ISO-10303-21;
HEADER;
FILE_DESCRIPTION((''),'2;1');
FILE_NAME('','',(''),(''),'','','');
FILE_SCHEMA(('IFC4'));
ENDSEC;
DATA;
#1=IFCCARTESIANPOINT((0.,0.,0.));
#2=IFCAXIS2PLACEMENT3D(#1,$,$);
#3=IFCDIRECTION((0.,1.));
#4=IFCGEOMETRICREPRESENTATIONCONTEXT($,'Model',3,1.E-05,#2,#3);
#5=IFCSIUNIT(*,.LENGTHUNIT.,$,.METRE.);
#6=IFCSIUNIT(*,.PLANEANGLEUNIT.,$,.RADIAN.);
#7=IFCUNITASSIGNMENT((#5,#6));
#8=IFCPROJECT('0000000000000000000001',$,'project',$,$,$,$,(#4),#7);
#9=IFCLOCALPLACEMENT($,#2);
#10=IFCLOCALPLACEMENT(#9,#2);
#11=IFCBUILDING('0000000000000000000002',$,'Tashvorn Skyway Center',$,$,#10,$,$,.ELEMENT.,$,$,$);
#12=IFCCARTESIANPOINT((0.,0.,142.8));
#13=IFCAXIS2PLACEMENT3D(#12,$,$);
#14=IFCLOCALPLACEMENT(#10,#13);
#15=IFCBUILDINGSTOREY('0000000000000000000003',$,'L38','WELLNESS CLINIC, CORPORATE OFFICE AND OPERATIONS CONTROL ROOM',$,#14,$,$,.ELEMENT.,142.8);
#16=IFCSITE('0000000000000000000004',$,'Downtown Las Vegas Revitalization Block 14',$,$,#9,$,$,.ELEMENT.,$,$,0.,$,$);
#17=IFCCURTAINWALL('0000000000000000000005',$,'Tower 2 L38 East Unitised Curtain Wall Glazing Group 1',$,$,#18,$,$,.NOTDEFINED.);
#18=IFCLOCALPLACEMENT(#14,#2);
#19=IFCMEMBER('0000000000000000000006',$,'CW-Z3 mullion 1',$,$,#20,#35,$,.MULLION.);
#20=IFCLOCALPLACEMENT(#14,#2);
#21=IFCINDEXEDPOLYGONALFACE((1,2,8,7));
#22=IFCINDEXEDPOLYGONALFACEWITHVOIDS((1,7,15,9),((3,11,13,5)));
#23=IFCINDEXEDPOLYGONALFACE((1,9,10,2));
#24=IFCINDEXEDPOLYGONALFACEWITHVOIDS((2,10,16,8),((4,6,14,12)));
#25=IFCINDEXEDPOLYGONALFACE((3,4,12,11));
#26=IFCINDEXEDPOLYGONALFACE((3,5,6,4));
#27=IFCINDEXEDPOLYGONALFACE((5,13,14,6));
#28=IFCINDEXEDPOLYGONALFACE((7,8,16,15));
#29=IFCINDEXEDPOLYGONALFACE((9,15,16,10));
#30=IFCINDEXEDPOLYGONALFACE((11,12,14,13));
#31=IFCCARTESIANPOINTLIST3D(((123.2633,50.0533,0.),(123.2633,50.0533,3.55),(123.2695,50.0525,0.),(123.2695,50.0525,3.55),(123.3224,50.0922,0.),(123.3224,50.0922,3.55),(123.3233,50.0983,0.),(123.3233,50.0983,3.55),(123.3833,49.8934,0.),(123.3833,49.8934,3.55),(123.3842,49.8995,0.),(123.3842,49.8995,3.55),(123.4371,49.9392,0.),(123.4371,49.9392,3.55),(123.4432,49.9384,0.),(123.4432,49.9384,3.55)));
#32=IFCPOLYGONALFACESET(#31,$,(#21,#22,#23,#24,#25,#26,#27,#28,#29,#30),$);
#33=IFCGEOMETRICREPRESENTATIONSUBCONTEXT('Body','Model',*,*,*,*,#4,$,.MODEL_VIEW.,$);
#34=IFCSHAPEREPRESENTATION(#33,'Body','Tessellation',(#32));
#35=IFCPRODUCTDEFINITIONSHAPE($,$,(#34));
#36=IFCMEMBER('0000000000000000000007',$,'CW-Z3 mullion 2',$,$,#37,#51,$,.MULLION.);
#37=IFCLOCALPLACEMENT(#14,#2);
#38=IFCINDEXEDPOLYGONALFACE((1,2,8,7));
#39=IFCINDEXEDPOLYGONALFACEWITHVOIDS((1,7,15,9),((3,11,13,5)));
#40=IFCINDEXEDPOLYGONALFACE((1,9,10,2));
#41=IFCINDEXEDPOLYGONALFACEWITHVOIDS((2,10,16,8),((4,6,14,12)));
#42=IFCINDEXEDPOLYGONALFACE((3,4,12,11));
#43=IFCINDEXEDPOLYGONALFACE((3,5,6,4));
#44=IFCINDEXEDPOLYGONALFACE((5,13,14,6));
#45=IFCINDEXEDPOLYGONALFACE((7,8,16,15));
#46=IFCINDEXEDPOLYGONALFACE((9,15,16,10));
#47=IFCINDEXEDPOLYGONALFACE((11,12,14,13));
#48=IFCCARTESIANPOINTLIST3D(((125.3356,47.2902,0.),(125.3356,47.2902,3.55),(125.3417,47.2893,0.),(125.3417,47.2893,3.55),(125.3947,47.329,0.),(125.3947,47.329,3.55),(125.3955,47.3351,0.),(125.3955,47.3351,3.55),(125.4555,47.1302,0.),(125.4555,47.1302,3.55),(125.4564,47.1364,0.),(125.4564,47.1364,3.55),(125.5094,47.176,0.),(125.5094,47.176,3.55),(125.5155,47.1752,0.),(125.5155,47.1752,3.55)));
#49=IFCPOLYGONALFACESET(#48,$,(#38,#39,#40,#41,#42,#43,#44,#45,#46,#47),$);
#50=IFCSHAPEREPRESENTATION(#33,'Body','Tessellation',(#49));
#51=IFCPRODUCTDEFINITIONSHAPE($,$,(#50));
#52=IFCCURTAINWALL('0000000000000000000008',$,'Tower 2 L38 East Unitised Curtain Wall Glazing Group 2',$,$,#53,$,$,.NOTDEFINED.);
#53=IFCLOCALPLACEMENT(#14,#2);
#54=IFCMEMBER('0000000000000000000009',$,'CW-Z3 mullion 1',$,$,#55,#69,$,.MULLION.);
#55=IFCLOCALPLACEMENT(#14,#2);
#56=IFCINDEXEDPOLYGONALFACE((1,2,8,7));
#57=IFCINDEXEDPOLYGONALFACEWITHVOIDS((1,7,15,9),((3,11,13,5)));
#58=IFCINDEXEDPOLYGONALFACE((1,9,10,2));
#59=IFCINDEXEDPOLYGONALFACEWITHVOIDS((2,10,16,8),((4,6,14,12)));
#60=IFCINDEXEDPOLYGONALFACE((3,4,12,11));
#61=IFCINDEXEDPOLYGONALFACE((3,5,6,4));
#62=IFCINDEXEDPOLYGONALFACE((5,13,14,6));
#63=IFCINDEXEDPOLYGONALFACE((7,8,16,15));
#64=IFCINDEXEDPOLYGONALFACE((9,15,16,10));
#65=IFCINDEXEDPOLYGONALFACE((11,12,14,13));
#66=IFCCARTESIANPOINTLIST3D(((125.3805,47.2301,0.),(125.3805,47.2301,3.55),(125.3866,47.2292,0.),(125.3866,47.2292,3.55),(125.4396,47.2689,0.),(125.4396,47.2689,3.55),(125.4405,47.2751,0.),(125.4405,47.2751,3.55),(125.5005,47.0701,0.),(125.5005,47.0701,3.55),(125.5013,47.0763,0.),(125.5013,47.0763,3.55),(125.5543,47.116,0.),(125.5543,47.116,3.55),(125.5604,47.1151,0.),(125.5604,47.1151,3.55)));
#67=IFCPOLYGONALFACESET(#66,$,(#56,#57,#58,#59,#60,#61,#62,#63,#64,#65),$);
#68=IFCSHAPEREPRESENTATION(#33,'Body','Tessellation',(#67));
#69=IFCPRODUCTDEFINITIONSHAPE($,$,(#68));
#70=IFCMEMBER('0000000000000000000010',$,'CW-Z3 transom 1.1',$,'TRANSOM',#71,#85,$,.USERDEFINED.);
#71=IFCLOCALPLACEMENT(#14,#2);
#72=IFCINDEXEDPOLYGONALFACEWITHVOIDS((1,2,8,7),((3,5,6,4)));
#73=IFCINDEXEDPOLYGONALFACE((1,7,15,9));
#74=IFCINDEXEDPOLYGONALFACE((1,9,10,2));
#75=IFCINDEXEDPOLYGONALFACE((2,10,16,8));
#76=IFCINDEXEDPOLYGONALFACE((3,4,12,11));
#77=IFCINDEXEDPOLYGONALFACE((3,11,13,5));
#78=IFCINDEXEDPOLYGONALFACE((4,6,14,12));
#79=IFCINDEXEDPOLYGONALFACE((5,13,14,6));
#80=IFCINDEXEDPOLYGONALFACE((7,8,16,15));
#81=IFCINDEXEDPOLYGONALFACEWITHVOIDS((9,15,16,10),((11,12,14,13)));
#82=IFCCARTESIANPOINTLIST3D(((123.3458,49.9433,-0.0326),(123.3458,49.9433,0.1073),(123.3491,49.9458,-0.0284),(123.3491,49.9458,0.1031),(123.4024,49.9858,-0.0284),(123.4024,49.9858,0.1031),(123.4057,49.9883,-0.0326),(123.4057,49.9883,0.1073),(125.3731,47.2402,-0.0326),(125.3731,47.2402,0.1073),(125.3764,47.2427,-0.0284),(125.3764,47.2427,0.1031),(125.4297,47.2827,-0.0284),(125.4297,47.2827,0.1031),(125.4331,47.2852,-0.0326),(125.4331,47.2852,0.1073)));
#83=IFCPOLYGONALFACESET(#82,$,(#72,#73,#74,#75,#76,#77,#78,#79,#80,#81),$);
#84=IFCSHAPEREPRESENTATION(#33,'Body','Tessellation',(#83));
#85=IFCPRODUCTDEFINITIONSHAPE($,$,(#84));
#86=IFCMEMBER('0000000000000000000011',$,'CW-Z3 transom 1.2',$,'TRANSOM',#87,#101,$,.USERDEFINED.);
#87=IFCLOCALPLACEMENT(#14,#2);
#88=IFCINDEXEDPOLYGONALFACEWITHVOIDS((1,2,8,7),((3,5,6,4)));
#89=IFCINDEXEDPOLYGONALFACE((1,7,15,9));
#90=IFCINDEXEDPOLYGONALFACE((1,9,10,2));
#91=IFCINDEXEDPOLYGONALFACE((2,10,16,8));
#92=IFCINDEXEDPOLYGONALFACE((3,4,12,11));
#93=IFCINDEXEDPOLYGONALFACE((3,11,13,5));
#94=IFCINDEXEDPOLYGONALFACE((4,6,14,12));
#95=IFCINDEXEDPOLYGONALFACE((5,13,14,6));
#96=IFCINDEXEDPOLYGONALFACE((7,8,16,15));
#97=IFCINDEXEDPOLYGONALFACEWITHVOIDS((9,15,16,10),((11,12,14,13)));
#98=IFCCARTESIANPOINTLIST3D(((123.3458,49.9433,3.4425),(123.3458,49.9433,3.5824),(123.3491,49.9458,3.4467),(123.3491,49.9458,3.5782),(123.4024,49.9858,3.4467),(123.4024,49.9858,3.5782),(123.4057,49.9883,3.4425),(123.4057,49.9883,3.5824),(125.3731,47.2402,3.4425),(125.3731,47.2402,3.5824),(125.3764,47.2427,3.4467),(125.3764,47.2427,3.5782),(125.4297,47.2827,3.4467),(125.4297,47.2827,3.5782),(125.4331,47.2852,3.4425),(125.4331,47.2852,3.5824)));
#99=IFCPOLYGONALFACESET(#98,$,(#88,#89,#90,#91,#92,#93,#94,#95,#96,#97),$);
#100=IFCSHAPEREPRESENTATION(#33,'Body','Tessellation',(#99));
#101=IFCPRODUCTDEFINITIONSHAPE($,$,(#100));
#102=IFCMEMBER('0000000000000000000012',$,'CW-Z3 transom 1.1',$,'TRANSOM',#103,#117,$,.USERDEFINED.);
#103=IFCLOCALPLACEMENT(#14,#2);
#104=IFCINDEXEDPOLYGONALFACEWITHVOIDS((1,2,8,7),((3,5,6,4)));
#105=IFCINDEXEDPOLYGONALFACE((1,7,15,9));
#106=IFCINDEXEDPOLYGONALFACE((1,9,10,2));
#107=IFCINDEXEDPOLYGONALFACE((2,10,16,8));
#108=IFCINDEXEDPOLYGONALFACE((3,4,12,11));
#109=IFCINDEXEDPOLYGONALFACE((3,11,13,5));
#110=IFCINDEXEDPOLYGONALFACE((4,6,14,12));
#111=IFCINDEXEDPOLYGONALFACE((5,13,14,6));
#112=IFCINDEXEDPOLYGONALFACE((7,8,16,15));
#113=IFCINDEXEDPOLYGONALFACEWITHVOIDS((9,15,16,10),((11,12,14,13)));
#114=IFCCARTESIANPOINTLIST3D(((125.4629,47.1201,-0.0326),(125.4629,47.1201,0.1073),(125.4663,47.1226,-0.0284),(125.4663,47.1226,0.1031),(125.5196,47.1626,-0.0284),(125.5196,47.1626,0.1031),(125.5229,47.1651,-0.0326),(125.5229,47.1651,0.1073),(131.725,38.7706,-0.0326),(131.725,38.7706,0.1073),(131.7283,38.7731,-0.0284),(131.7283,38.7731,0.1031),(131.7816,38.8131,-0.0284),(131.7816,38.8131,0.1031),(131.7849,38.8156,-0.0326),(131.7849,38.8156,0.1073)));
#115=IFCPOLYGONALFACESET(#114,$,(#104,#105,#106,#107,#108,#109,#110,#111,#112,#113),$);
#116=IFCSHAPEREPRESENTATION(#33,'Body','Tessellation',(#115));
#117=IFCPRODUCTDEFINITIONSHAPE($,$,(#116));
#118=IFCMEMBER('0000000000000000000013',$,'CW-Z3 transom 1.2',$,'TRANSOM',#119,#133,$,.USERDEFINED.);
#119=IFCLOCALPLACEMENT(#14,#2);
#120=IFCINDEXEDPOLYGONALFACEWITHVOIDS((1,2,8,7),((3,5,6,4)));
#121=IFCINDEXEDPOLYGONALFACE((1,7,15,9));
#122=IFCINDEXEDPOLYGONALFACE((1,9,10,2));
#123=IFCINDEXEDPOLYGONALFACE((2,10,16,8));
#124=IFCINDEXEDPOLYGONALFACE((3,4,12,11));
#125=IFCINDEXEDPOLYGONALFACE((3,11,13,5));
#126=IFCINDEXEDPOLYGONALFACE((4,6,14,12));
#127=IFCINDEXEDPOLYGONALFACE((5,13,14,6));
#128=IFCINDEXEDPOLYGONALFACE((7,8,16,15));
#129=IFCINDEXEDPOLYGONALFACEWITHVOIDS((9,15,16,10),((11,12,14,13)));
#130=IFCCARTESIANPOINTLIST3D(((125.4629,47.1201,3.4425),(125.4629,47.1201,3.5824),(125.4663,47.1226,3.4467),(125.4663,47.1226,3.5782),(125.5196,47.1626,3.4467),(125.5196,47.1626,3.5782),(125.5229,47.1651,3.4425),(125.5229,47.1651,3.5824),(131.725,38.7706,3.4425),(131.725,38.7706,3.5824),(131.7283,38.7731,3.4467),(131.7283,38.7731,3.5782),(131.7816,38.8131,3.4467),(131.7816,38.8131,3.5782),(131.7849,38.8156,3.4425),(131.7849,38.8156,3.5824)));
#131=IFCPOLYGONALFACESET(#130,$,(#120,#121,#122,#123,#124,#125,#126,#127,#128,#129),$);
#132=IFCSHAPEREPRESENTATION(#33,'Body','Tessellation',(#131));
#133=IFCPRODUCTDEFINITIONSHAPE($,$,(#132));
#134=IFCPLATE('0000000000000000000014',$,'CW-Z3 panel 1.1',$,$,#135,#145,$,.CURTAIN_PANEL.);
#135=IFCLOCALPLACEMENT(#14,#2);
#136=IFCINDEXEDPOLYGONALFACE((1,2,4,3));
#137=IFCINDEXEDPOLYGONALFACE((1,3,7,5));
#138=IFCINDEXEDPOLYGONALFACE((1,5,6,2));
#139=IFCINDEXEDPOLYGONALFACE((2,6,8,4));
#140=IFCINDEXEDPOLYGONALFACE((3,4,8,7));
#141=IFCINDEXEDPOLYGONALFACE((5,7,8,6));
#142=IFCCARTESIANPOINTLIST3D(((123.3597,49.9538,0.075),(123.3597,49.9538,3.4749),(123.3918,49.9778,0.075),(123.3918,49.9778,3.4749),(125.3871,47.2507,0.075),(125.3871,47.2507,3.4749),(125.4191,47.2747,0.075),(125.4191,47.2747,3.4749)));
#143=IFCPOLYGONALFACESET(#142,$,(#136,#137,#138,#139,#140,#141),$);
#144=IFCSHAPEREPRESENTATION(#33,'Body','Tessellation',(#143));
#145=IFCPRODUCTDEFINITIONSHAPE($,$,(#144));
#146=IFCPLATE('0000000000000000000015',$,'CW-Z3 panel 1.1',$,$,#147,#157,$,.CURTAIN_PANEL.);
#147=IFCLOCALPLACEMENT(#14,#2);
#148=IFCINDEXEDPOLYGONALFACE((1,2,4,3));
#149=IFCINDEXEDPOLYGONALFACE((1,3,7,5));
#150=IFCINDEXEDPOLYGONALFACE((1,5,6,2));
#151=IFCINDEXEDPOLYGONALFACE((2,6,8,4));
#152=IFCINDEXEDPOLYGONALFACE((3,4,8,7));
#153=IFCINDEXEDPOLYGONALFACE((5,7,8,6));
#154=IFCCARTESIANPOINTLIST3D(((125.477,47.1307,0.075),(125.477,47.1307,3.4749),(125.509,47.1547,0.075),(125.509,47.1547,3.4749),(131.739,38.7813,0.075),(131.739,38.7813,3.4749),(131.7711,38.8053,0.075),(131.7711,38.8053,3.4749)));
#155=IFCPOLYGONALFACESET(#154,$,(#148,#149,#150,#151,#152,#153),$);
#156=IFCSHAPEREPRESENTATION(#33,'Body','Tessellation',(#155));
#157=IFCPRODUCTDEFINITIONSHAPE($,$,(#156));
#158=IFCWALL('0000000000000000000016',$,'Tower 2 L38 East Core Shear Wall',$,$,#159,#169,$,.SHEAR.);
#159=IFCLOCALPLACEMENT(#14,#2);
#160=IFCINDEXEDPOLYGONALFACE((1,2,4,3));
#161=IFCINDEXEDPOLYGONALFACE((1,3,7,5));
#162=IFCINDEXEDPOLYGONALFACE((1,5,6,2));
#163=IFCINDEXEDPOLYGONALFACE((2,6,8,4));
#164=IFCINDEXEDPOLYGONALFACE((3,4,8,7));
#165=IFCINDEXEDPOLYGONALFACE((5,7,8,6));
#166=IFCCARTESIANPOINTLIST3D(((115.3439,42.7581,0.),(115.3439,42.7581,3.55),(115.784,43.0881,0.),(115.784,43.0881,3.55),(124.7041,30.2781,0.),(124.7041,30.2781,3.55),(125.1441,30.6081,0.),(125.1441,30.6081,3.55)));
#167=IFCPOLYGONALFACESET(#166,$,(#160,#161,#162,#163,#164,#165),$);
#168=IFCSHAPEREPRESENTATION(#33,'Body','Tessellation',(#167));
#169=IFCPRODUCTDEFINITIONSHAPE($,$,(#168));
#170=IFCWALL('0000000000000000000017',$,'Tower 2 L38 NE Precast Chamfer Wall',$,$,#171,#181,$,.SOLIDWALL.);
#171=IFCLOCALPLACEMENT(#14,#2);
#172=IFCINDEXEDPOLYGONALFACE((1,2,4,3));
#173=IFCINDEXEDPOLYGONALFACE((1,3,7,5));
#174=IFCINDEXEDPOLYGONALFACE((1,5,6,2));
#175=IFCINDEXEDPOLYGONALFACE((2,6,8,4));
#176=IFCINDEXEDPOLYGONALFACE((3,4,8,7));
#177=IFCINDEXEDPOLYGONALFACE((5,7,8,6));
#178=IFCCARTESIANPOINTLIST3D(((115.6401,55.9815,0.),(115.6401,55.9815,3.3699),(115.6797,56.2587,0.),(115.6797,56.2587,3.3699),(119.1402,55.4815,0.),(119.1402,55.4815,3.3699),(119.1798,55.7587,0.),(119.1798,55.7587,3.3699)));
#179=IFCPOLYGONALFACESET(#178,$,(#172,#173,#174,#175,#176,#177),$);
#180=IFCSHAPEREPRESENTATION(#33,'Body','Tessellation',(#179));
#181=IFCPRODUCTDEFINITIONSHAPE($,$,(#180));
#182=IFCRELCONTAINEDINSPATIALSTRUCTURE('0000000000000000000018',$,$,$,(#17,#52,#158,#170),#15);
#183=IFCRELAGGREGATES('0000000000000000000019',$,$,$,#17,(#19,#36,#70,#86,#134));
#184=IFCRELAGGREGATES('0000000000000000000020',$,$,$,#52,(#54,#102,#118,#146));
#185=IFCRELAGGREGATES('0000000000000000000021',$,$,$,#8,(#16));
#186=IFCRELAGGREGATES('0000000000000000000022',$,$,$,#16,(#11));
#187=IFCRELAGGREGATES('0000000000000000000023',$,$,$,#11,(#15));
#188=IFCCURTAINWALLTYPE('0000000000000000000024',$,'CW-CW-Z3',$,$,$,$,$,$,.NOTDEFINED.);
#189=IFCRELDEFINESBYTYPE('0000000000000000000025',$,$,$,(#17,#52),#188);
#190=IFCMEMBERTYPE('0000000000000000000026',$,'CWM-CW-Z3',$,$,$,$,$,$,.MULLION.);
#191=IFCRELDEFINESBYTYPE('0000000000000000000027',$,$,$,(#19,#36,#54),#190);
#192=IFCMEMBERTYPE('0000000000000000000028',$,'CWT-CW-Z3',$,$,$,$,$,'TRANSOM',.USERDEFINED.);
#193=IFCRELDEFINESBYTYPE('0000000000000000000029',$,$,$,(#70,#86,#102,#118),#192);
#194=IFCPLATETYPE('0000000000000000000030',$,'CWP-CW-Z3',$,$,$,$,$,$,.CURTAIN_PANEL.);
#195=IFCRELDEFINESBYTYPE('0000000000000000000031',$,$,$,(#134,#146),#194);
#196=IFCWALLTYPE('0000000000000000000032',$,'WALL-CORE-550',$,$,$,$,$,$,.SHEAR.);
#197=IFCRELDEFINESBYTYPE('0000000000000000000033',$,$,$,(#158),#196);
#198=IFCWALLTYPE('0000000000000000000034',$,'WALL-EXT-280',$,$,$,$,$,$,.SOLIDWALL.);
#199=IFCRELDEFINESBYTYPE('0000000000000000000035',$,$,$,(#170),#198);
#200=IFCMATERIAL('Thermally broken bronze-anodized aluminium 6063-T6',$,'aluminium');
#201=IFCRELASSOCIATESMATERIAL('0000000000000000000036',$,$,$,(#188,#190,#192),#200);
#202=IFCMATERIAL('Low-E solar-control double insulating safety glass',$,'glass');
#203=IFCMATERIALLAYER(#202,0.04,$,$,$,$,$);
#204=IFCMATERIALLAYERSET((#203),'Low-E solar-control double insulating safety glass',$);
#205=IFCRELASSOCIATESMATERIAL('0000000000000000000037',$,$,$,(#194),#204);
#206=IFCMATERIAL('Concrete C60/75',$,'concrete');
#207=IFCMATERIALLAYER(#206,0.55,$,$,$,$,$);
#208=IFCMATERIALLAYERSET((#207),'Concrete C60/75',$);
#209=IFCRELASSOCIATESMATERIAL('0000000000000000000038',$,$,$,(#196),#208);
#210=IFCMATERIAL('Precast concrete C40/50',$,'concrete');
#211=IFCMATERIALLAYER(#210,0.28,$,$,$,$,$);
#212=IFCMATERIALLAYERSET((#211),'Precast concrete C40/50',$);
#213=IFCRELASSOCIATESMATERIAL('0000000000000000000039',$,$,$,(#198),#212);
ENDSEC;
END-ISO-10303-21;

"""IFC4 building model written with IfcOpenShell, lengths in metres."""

from ifc_helpers import new_model, si_unit, direction, frame, frame_2d, origin, origin_2d, place, context, subcontext, project, spatial, rectangle, hollow_rectangle, extrude, material, layer, layer_set, material_profile, profile_set, type_object, element, aggregate, save


model = new_model("IFC4")

# Units and contexts
model_context = context("Model", 3, precision=1e-05, world=origin(), true_north=direction((0.0, 1.0)))
body_context = subcontext(model_context, "Body", "Model", "MODEL_VIEW")
ifc_project = project(units=[si_unit("LENGTHUNIT", "METRE"), si_unit("PLANEANGLEUNIT", "RADIAN")], contexts=[model_context])

# Site, building, storey
site_placement = place(None, origin())
site = spatial("IfcSite", under=ifc_project, at=site_placement, Name="Downtown Las Vegas Revitalization Block 14", CompositionType="ELEMENT", RefElevation=0.0)
building_placement = place(site_placement, origin())
building = spatial("IfcBuilding", under=site, at=building_placement, Name="Tashvorn Skyway Center", CompositionType="ELEMENT")
storey_placement = place(building_placement, frame((0.0, 0.0, 142.8)))
storey = spatial("IfcBuildingStorey", under=building, at=storey_placement, Name="L38", Description="WELLNESS CLINIC, CORPORATE OFFICE AND OPERATIONS CONTROL ROOM", CompositionType="ELEMENT", Elevation=142.8)

# Curtain wall, members
ifc_material_1 = material(Name="Thermally broken bronze-anodized aluminium 6063-T6", Category="aluminium")
curtain_wall_type = type_object("IfcCurtainWallType", Name="CW-CW-Z3", PredefinedType="NOTDEFINED", material=ifc_material_1)
curtain_wall_1_placement = place(storey_placement, origin())
curtain_wall_1 = element("IfcCurtainWall", 1, at=curtain_wall_1_placement, inside=storey, type_object=curtain_wall_type, Name="Tower 2 L38 East Unitised Curtain Wall Glazing Group 1", PredefinedType="NOTDEFINED")
ifc_material_profile_1 = material_profile(ifc_material_1, hollow_rectangle(XDim=0.075, YDim=0.2, WallThickness=0.0044, at=origin_2d()), Name="ALU-MULL-75x200")
ifc_profile_set_1 = profile_set([ifc_material_profile_1], Name="Thermally broken bronze-anodized aluminium 6063-T6")
member_type_1 = type_object("IfcMemberType", Name="CWM-CW-Z3", PredefinedType="MULLION", material=ifc_profile_set_1)
member_1_placement = place(storey_placement, frame((123.3533, 49.9958, 0.0), z_axis=(0.0, 0.0, 1.0), x_axis=(0.800003, 0.599995, 0.0)))
member_1 = element("IfcMember", 2, at=member_1_placement, type_object=member_type_1, Name="CW-Z3 mullion 1", PredefinedType="MULLION", context=body_context, shape_type="SweptSolid", body=[
    extrude(hollow_rectangle(XDim=0.075, YDim=0.2, WallThickness=0.0044, at=origin_2d()), origin(), (0.0, 0.0, 1.0), 3.55),
])
member_2_placement = place(storey_placement, frame((125.4255, 47.2327, 0.0), z_axis=(0.0, 0.0, 1.0), x_axis=(0.800003, 0.599995, 0.0)))
member_2 = element("IfcMember", 3, at=member_2_placement, type_object=member_type_1, Name="CW-Z3 mullion 2", PredefinedType="MULLION", context=body_context, shape_type="SweptSolid", body=[
    extrude(hollow_rectangle(XDim=0.075, YDim=0.2, WallThickness=0.0044, at=origin_2d()), origin(), (0.0, 0.0, 1.0), 3.55),
])

# Curtain wall, member
curtain_wall_2_placement = place(storey_placement, origin())
curtain_wall_2 = element("IfcCurtainWall", 4, at=curtain_wall_2_placement, inside=storey, type_object=curtain_wall_type, Name="Tower 2 L38 East Unitised Curtain Wall Glazing Group 2", PredefinedType="NOTDEFINED")
member_3_placement = place(storey_placement, frame((125.4705, 47.1726, 0.0), z_axis=(0.0, 0.0, 1.0), x_axis=(0.800002, 0.599997, 0.0)))
member_3 = element("IfcMember", 5, at=member_3_placement, type_object=member_type_1, Name="CW-Z3 mullion 1", PredefinedType="MULLION", context=body_context, shape_type="SweptSolid", body=[
    extrude(hollow_rectangle(XDim=0.075, YDim=0.2, WallThickness=0.0044, at=origin_2d()), origin(), (0.0, 0.0, 1.0), 3.55),
])

# Members
ifc_material_profile_2 = material_profile(ifc_material_1, hollow_rectangle(XDim=0.075, YDim=0.1399, WallThickness=0.0042, at=origin_2d()), Name="ALU-TRAN-75x140")
ifc_profile_set_2 = profile_set([ifc_material_profile_2], Name="Thermally broken bronze-anodized aluminium 6063-T6")
member_type_2 = type_object("IfcMemberType", Name="CWT-CW-Z3", ElementType="TRANSOM", PredefinedType="USERDEFINED", material=ifc_profile_set_2)
member_4_placement = place(storey_placement, frame((123.3757, 49.9658, 0.0374), z_axis=(0.6, -0.8, 0.0), x_axis=(0.8, 0.6, 0.0)))
member_4 = element("IfcMember", 6, at=member_4_placement, type_object=member_type_2, Name="CW-Z3 transom 1.1", ObjectType="TRANSOM", PredefinedType="USERDEFINED", context=body_context, shape_type="SweptSolid", body=[
    extrude(hollow_rectangle(XDim=0.075, YDim=0.1399, WallThickness=0.0042, at=origin_2d()), origin(), (0.0, 0.0, 1.0), 3.3789),
])
member_5_placement = place(storey_placement, frame((123.3757, 49.9658, 3.5125), z_axis=(0.6, -0.8, 0.0), x_axis=(0.8, 0.6, 0.0)))
member_5 = element("IfcMember", 7, at=member_5_placement, type_object=member_type_2, Name="CW-Z3 transom 1.2", ObjectType="TRANSOM", PredefinedType="USERDEFINED", context=body_context, shape_type="SweptSolid", body=[
    extrude(hollow_rectangle(XDim=0.075, YDim=0.1399, WallThickness=0.0042, at=origin_2d()), origin(), (0.0, 0.0, 1.0), 3.3789),
])
member_6_placement = place(storey_placement, frame((125.4929, 47.1426, 0.0374), z_axis=(0.599996, -0.800003, 0.0), x_axis=(0.800003, 0.599996, 0.0)))
member_6 = element("IfcMember", 8, at=member_6_placement, type_object=member_type_2, Name="CW-Z3 transom 1.1", ObjectType="TRANSOM", PredefinedType="USERDEFINED", context=body_context, shape_type="SweptSolid", body=[
    extrude(hollow_rectangle(XDim=0.075, YDim=0.1399, WallThickness=0.0042, at=origin_2d()), origin(), (0.0, 0.0, 1.0), 10.4368),
])
member_7_placement = place(storey_placement, frame((125.4929, 47.1426, 3.5125), z_axis=(0.599996, -0.800003, 0.0), x_axis=(0.800003, 0.599996, 0.0)))
member_7 = element("IfcMember", 9, at=member_7_placement, type_object=member_type_2, Name="CW-Z3 transom 1.2", ObjectType="TRANSOM", PredefinedType="USERDEFINED", context=body_context, shape_type="SweptSolid", body=[
    extrude(hollow_rectangle(XDim=0.075, YDim=0.1399, WallThickness=0.0042, at=origin_2d()), origin(), (0.0, 0.0, 1.0), 10.4368),
])

# Plates
ifc_material_2 = material(Name="Low-E solar-control double insulating safety glass", Category="glass")
ifc_layer_1 = layer(ifc_material_2, 0.04)
ifc_layer_set_1 = layer_set([ifc_layer_1], Name="Low-E solar-control double insulating safety glass")
plate_type = type_object("IfcPlateType", Name="CWP-CW-Z3", PredefinedType="CURTAIN_PANEL", material=ifc_layer_set_1)
plate_1_placement = place(storey_placement, frame((124.3894, 48.6143, 0.075), z_axis=(0.0, 0.0, 1.0), x_axis=(0.599995, -0.800003, 0.0)))
plate_1 = element("IfcPlate", 10, at=plate_1_placement, type_object=plate_type, Name="CW-Z3 panel 1.1", PredefinedType="CURTAIN_PANEL", context=body_context, shape_type="SweptSolid", body=[
    extrude(rectangle(XDim=3.3789, YDim=0.04, at=origin_2d()), origin(), (0.0, 0.0, 1.0), 3.3999),
])
aggregate(curtain_wall_1, [member_1, member_2, member_4, member_5, plate_1])
plate_2_placement = place(storey_placement, frame((128.624, 42.968, 0.075), z_axis=(0.0, 0.0, 1.0), x_axis=(0.599997, -0.800002, 0.0)))
plate_2 = element("IfcPlate", 11, at=plate_2_placement, type_object=plate_type, Name="CW-Z3 panel 1.1", PredefinedType="CURTAIN_PANEL", context=body_context, shape_type="SweptSolid", body=[
    extrude(rectangle(XDim=10.4368, YDim=0.04, at=origin_2d()), origin(), (0.0, 0.0, 1.0), 3.3999),
])
aggregate(curtain_wall_2, [member_3, member_6, member_7, plate_2])

# Walls
ifc_material_3 = material(Name="Concrete C60/75", Category="concrete")
ifc_layer_2 = layer(ifc_material_3, 0.55)
ifc_layer_set_2 = layer_set([ifc_layer_2], Name="Concrete C60/75")
wall_type_1 = type_object("IfcWallType", Name="WALL-CORE-550", PredefinedType="SHEAR", material=ifc_layer_set_2)
wall_1_placement = place(storey_placement, frame((115.564, 42.9231, 0.0), z_axis=(0.0, 0.0, 1.0), x_axis=(0.600005, -0.799996, 0.0)))
element("IfcWall", 12, at=wall_1_placement, inside=storey, type_object=wall_type_1, Name="Tower 2 L38 East Core Shear Wall", PredefinedType="SHEAR", context=body_context, shape_type="SweptSolid", body=[
    extrude(rectangle(XDim=15.6001, YDim=0.55, at=frame_2d((7.8, 0.0))), origin(), (0.0, 0.0, 1.0), 3.55),
])
ifc_material_4 = material(Name="Precast concrete C40/50", Category="concrete")
ifc_layer_3 = layer(ifc_material_4, 0.28)
ifc_layer_set_3 = layer_set([ifc_layer_3], Name="Precast concrete C40/50")
wall_type_2 = type_object("IfcWallType", Name="WALL-EXT-280", PredefinedType="SOLIDWALL", material=ifc_layer_set_3)
wall_2_placement = place(storey_placement, frame((115.6599, 56.1201, 0.0), z_axis=(0.0, 0.0, 1.0), x_axis=(0.989949, -0.141421, 0.0)))
element("IfcWall", 13, at=wall_2_placement, inside=storey, type_object=wall_type_2, Name="Tower 2 L38 NE Precast Chamfer Wall", PredefinedType="SOLIDWALL", context=body_context, shape_type="SweptSolid", body=[
    extrude(rectangle(XDim=3.5356, YDim=0.28, at=frame_2d((1.7678, 0.0))), origin(), (0.0, 0.0, 1.0), 3.3699),
])

save(model, "model.ifc")
